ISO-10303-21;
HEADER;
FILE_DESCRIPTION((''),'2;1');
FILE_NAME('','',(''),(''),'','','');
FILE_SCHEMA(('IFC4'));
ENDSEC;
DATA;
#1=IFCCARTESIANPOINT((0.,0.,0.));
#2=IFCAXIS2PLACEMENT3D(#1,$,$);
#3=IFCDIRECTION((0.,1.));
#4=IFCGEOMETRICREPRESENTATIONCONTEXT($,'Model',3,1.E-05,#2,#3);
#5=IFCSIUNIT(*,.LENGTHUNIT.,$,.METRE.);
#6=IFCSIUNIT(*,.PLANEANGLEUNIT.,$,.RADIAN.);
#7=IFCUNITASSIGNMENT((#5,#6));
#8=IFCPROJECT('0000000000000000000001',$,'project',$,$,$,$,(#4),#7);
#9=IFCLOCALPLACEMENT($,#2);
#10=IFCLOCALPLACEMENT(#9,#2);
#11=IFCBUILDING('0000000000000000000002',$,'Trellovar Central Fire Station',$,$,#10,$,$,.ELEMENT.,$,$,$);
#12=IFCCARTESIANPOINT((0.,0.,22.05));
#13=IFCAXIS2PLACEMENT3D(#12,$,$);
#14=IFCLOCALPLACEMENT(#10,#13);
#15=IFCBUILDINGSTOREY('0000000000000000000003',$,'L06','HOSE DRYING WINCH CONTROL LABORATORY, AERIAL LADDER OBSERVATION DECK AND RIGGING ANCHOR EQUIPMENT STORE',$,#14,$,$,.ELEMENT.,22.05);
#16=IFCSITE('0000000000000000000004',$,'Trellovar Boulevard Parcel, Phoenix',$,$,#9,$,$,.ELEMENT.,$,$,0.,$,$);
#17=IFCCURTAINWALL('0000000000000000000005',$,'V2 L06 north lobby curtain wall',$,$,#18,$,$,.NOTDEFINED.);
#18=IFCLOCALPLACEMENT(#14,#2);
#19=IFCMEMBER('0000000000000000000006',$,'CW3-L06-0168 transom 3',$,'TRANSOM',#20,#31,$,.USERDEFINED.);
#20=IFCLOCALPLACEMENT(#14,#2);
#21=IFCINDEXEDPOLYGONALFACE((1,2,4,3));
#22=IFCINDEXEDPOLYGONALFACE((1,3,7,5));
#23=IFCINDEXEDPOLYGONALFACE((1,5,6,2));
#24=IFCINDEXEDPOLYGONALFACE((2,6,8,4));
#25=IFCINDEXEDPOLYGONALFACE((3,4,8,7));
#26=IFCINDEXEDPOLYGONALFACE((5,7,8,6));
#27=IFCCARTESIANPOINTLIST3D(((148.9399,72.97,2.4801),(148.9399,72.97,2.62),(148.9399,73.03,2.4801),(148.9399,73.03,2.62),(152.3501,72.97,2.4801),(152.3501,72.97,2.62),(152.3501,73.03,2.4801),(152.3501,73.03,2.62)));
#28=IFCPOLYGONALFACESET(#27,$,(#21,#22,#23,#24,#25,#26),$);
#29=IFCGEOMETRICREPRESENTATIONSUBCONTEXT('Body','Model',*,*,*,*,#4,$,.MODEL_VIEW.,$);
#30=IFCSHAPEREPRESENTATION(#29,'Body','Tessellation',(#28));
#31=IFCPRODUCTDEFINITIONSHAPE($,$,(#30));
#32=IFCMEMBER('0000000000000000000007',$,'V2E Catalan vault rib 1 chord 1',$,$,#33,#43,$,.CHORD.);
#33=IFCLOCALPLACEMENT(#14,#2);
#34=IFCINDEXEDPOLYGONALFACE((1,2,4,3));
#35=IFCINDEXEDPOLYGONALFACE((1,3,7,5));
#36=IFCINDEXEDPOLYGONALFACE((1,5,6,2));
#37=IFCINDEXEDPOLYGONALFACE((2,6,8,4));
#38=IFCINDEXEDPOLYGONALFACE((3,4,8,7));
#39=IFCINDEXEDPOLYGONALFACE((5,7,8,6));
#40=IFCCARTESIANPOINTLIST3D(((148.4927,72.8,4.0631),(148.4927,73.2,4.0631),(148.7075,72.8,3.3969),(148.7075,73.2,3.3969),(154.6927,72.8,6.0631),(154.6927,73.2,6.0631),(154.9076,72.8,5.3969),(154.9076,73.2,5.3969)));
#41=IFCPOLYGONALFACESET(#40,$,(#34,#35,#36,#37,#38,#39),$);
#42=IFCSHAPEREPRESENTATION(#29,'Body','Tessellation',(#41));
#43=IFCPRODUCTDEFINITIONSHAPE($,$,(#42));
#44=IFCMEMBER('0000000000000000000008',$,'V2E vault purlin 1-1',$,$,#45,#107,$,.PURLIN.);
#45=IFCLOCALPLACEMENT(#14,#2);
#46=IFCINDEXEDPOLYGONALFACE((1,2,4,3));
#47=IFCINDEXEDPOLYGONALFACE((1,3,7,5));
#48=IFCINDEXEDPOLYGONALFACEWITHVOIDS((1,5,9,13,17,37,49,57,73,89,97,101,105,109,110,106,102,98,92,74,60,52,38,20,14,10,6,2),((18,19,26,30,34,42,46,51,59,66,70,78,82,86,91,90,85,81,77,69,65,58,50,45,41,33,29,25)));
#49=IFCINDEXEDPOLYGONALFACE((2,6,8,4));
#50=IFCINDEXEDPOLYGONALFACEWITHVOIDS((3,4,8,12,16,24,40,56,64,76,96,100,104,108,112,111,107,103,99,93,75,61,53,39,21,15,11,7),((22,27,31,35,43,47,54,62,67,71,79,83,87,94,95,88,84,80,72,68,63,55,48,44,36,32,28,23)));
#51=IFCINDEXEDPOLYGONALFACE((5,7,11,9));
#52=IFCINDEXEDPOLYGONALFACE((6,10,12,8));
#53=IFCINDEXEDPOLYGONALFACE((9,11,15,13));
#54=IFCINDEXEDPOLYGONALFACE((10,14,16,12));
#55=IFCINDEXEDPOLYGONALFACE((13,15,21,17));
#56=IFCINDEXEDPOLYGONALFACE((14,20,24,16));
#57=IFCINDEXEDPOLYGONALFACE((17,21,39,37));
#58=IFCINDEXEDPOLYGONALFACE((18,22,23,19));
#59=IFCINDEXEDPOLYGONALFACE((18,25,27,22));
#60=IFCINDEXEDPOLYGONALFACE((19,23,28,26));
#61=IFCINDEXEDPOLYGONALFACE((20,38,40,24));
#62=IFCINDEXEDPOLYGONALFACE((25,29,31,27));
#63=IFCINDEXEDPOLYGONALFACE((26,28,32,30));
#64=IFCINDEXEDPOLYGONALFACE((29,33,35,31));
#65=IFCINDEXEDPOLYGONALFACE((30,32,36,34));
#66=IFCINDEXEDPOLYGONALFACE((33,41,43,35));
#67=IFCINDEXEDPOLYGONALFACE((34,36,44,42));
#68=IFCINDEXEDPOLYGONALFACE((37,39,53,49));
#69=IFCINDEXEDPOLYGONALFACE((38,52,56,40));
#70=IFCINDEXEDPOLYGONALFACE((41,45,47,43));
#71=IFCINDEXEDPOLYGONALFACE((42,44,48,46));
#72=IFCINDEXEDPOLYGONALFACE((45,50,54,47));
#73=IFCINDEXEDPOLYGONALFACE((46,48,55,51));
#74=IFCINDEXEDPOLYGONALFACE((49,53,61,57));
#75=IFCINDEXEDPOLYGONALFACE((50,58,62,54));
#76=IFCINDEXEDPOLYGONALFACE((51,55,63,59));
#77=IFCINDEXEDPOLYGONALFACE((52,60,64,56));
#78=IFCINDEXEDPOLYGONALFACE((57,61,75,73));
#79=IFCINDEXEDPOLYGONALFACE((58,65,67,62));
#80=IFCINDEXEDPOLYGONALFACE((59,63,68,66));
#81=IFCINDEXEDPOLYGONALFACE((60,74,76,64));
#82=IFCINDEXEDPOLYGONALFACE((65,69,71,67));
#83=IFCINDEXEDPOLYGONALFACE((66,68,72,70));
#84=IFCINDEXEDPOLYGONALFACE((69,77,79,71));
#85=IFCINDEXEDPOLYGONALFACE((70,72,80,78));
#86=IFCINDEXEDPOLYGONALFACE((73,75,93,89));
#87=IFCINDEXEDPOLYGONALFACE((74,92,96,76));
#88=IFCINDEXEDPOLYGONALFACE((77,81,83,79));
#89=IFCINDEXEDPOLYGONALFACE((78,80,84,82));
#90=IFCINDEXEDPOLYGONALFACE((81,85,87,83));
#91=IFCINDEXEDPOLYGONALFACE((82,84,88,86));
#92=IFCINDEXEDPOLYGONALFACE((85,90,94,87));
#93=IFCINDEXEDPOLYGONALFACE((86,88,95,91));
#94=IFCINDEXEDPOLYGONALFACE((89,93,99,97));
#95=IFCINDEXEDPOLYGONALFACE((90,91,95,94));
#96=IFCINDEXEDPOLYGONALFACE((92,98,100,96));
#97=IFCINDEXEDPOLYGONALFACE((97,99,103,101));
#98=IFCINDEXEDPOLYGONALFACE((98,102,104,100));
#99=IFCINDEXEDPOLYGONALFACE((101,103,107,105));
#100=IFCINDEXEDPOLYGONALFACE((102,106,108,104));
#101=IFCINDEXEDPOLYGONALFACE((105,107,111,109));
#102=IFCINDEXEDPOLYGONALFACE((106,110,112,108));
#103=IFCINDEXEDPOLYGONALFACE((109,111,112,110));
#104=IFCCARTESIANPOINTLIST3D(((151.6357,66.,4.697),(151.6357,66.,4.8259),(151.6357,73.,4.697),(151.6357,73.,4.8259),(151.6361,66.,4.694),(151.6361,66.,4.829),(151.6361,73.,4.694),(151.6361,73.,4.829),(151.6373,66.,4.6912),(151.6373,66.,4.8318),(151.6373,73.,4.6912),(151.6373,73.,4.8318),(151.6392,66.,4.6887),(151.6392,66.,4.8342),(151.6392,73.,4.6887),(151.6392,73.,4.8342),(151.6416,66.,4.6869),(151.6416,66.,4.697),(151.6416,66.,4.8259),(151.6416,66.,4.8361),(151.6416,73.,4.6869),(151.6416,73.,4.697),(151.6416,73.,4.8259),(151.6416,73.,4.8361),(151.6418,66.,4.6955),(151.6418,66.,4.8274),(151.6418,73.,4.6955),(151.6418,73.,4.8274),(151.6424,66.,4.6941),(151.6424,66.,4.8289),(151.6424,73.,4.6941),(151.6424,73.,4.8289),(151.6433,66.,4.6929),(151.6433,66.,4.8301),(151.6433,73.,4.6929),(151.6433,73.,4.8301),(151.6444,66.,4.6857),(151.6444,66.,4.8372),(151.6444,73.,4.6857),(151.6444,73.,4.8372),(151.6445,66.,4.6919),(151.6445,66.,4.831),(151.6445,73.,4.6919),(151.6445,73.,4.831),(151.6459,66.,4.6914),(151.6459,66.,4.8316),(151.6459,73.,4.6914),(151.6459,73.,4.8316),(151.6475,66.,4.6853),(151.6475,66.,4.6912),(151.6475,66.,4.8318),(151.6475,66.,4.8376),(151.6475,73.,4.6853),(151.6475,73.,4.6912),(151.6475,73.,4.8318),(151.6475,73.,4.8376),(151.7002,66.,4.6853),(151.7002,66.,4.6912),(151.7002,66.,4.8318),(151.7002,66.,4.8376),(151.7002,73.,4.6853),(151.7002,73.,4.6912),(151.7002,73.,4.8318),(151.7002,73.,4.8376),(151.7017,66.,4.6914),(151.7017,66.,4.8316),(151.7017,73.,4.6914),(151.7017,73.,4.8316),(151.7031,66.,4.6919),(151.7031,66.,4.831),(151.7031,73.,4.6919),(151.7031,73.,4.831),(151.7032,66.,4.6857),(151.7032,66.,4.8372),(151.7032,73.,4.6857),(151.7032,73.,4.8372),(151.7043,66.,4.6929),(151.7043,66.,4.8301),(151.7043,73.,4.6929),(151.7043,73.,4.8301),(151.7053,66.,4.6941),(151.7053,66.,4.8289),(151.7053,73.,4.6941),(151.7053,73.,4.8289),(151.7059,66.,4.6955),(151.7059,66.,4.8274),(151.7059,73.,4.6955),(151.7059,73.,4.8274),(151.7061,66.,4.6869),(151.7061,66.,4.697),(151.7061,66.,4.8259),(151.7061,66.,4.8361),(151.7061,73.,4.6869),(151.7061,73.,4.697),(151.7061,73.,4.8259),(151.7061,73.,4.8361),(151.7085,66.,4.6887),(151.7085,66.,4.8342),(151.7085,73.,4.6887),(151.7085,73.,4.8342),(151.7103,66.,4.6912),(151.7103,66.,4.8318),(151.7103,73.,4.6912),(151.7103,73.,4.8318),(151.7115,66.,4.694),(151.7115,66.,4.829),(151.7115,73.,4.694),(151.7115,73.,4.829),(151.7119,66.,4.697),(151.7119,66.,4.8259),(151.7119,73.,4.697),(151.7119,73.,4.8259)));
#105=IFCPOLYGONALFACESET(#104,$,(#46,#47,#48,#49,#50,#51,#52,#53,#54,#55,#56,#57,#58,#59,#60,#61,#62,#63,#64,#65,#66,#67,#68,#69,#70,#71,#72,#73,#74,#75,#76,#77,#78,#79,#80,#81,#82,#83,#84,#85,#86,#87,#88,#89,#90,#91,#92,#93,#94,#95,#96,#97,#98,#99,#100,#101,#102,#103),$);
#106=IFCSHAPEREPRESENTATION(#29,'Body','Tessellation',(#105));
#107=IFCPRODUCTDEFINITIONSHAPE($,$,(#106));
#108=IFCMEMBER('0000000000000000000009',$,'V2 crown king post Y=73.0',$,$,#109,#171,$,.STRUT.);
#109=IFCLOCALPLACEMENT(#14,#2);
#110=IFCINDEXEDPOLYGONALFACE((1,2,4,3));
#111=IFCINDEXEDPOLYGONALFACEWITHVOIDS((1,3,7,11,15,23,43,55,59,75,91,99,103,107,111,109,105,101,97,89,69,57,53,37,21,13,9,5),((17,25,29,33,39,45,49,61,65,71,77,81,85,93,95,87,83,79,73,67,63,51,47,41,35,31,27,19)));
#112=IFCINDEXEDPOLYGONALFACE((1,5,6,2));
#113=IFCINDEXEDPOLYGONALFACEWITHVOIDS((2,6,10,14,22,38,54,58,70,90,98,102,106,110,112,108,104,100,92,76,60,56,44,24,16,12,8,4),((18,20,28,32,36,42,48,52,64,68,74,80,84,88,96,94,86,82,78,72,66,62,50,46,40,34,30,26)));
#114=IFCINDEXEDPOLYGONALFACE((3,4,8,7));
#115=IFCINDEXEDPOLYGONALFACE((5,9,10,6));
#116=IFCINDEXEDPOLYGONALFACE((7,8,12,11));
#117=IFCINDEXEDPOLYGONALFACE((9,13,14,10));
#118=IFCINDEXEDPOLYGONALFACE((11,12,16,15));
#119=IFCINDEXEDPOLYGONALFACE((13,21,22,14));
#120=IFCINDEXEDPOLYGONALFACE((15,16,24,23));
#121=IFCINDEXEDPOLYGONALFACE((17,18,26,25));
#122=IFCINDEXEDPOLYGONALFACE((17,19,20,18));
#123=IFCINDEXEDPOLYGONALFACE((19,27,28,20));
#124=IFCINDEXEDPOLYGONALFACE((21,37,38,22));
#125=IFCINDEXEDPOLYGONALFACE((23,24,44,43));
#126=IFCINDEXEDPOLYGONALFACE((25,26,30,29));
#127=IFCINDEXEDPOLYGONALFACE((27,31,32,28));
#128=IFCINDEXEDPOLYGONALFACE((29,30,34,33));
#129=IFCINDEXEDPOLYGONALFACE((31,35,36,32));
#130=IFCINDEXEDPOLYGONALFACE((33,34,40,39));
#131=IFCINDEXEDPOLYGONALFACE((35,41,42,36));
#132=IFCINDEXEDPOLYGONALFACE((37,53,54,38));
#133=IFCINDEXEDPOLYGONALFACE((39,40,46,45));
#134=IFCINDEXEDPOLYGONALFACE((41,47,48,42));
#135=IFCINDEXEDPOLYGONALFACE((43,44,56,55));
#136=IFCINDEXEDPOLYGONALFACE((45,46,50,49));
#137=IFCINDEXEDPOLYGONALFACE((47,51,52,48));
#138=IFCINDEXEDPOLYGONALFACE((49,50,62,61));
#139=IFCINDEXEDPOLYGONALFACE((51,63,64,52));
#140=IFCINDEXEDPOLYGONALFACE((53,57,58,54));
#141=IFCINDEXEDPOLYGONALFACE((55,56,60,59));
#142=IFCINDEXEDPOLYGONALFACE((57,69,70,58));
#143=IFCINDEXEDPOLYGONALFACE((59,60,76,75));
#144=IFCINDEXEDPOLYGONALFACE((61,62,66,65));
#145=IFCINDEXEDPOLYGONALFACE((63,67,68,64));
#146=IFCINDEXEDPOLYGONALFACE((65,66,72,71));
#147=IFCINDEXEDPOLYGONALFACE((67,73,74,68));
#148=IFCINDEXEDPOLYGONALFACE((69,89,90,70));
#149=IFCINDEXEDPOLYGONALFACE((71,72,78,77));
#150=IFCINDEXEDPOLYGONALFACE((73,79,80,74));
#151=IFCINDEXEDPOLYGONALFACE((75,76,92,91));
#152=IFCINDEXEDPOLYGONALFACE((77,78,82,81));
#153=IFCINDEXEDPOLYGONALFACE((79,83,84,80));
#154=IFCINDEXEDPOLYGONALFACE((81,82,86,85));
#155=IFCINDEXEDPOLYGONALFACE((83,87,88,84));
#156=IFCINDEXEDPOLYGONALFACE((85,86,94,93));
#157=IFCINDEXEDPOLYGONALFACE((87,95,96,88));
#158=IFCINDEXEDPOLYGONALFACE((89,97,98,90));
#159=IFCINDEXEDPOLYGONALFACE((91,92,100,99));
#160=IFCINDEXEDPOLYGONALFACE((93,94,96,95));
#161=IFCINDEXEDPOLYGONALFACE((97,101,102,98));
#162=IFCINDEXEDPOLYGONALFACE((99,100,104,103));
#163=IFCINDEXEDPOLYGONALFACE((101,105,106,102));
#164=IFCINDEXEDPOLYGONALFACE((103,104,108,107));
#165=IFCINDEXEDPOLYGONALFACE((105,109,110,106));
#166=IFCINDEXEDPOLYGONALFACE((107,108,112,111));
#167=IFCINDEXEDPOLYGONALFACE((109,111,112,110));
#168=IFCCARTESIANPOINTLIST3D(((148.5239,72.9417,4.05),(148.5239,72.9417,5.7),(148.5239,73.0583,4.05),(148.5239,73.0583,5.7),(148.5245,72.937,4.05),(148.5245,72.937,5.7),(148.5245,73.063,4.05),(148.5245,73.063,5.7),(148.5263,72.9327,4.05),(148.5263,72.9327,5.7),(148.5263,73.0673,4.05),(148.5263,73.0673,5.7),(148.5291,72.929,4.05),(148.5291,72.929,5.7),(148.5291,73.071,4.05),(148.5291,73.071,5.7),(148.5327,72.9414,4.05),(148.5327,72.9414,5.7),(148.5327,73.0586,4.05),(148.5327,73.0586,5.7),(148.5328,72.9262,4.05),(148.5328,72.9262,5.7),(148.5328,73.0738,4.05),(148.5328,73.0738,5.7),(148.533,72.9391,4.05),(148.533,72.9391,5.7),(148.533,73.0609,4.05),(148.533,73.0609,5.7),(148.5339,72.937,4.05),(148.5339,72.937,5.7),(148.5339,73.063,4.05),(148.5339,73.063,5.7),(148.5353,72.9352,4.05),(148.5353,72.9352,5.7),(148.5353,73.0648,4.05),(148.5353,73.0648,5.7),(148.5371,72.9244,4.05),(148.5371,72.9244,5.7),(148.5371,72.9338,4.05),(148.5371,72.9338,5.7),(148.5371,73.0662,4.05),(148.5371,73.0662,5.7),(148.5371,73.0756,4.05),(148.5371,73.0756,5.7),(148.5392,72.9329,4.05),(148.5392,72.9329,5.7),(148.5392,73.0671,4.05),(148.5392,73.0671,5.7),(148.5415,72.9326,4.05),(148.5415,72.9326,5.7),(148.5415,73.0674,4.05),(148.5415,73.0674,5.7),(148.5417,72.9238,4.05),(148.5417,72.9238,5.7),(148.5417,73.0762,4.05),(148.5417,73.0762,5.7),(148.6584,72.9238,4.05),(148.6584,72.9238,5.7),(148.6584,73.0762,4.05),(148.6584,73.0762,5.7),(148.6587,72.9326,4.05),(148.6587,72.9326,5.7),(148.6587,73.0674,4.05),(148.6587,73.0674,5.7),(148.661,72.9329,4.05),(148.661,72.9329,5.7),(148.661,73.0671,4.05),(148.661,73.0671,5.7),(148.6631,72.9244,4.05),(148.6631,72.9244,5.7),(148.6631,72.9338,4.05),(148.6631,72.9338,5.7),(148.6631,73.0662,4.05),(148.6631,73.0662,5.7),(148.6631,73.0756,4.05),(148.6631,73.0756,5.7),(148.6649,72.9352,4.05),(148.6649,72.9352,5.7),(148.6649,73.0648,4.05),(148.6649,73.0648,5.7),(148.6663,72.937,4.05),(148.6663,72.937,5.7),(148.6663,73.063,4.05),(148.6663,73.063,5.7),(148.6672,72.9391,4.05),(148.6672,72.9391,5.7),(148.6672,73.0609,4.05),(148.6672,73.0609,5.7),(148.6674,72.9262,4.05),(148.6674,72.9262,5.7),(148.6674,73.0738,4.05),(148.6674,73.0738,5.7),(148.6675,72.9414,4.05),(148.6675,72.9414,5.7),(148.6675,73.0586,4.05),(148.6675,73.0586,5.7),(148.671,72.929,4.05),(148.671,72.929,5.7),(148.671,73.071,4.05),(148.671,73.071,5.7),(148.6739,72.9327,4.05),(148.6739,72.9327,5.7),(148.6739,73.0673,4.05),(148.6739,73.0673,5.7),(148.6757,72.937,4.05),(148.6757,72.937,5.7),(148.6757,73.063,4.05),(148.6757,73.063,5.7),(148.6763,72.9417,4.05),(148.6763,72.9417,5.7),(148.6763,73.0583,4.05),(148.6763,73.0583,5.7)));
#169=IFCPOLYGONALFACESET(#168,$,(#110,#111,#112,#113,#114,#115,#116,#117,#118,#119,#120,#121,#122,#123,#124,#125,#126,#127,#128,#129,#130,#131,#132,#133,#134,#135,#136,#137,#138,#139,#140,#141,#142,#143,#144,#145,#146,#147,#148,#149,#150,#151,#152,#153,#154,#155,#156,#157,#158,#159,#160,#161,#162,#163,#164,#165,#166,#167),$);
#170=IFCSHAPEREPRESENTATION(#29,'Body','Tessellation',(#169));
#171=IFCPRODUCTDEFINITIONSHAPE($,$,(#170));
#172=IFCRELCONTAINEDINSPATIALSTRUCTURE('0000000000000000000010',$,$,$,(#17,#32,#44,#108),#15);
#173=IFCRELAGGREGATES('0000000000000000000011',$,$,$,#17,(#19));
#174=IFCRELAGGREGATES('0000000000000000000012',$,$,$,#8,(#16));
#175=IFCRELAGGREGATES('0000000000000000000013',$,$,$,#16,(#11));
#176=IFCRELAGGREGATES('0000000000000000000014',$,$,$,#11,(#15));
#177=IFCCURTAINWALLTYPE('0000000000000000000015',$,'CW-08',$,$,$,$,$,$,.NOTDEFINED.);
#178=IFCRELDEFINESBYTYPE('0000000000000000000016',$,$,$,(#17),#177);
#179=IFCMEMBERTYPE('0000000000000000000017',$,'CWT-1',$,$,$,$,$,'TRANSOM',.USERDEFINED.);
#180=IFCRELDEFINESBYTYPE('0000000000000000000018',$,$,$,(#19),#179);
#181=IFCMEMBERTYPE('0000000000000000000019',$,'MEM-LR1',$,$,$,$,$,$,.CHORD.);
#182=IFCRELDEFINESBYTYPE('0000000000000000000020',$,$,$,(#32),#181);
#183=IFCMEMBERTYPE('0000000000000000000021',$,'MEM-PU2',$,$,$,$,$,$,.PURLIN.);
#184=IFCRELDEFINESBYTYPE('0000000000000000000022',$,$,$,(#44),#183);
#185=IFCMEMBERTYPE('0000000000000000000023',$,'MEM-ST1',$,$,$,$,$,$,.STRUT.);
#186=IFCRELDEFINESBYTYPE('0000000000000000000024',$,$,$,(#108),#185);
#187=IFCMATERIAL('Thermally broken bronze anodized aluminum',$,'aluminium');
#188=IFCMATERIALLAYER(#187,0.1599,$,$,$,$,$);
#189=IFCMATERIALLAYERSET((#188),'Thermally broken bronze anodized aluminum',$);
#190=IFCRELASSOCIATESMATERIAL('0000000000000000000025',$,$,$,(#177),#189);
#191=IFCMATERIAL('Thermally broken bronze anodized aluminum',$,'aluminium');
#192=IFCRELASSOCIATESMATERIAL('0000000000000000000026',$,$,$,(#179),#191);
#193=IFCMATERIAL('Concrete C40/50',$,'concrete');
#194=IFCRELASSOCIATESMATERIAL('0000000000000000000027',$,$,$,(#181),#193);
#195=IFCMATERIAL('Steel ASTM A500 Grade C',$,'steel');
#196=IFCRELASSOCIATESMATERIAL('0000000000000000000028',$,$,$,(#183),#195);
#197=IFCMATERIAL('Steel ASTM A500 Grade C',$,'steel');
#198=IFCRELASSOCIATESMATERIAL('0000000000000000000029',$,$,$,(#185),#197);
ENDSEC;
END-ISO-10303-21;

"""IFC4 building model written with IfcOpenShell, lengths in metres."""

from ifc_helpers import new_model, si_unit, direction, frame, origin, origin_2d, place, context, subcontext, project, spatial, rectangle, hollow_rectangle, extrude, material, layer, layer_set, material_profile, profile_set, type_object, element, aggregate, save


model = new_model("IFC4")

# Units and contexts
model_context = context("Model", 3, precision=1e-05, world=origin(), true_north=direction((0.0, 1.0)))
body_context = subcontext(model_context, "Body", "Model", "MODEL_VIEW")
ifc_project = project(units=[si_unit("LENGTHUNIT", "METRE"), si_unit("PLANEANGLEUNIT", "RADIAN")], contexts=[model_context])

# Site, building, storey
site_placement = place(None, origin())
site = spatial("IfcSite", under=ifc_project, at=site_placement, Name="Trellovar Boulevard Parcel, Phoenix", CompositionType="ELEMENT", RefElevation=0.0)
building_placement = place(site_placement, origin())
building = spatial("IfcBuilding", under=site, at=building_placement, Name="Trellovar Central Fire Station", CompositionType="ELEMENT")
storey_placement = place(building_placement, frame((0.0, 0.0, 22.05)))
storey = spatial("IfcBuildingStorey", under=building, at=storey_placement, Name="L06", Description="HOSE DRYING WINCH CONTROL LABORATORY, AERIAL LADDER OBSERVATION DECK AND RIGGING ANCHOR EQUIPMENT STORE", CompositionType="ELEMENT", Elevation=22.05)

# Curtain wall, member
ifc_material_1 = material(Name="Thermally broken bronze anodized aluminum", Category="aluminium")
ifc_layer_1 = layer(ifc_material_1, 0.1599)
ifc_layer_set_1 = layer_set([ifc_layer_1], Name="Thermally broken bronze anodized aluminum")
curtain_wall_type = type_object("IfcCurtainWallType", Name="CW-08", PredefinedType="NOTDEFINED", material=ifc_layer_set_1)
curtain_wall_placement = place(storey_placement, origin())
curtain_wall = element("IfcCurtainWall", 1, at=curtain_wall_placement, inside=storey, type_object=curtain_wall_type, Name="V2 L06 north lobby curtain wall", PredefinedType="NOTDEFINED")
ifc_material_2 = material(Name="Thermally broken bronze anodized aluminum", Category="aluminium")
ifc_material_profile_1 = material_profile(ifc_material_2, rectangle(XDim=0.0601, YDim=0.1399, at=origin_2d()), Name="ALU60X140")
ifc_profile_set_1 = profile_set([ifc_material_profile_1], Name="Thermally broken bronze anodized aluminum")
member_type_1 = type_object("IfcMemberType", Name="CWT-1", ElementType="TRANSOM", PredefinedType="USERDEFINED", material=ifc_profile_set_1)
member_1_placement = place(storey_placement, frame((152.3501, 73.0, 2.55), z_axis=(-1.0, 0.0, 0.0), x_axis=(0.0, -1.0, 0.0)))
member_1 = element("IfcMember", 2, at=member_1_placement, type_object=member_type_1, Name="CW3-L06-0168 transom 3", ObjectType="TRANSOM", PredefinedType="USERDEFINED", context=body_context, shape_type="SweptSolid", body=[
    extrude(rectangle(XDim=0.0601, YDim=0.1399, at=origin_2d()), origin(), (0.0, 0.0, 1.0), 3.4102),
])

# Members
ifc_material_3 = material(Name="Concrete C40/50", Category="concrete")
ifc_material_profile_2 = material_profile(ifc_material_3, rectangle(XDim=0.3999, YDim=0.7, at=origin_2d()), Name="RC400X700")
ifc_profile_set_2 = profile_set([ifc_material_profile_2], Name="Concrete C40/50")
member_type_2 = type_object("IfcMemberType", Name="MEM-LR1", PredefinedType="CHORD", material=ifc_profile_set_2)
member_2_placement = place(storey_placement, frame((148.6001, 73.0, 3.73), z_axis=(0.951708, 0.0, 0.307005), x_axis=(0.0, 1.0, 0.0)))
element("IfcMember", 3, at=member_2_placement, inside=storey, type_object=member_type_2, Name="V2E Catalan vault rib 1 chord 1", PredefinedType="CHORD", context=body_context, shape_type="SweptSolid", body=[
    extrude(rectangle(XDim=0.3999, YDim=0.7, at=origin_2d()), origin(), (0.0, 0.0, 1.0), 6.5146),
])
ifc_material_4 = material(Name="Steel ASTM A500 Grade C", Category="steel")
ifc_material_profile_3 = material_profile(ifc_material_4, hollow_rectangle(XDim=0.0762, YDim=0.1523, WallThickness=0.0059, InnerFilletRadius=0.0059, OuterFilletRadius=0.0117, at=origin_2d()), Name="HSS6X3X1/4")
ifc_profile_set_3 = profile_set([ifc_material_profile_3], Name="Steel ASTM A500 Grade C")
member_type_3 = type_object("IfcMemberType", Name="MEM-PU2", PredefinedType="PURLIN", material=ifc_profile_set_3)
member_3_placement = place(storey_placement, frame((151.6738, 66.0, 4.7615), z_axis=(0.0, 1.0, 0.0), x_axis=(-1.0, 0.0, 0.0)))
element("IfcMember", 4, at=member_3_placement, inside=storey, type_object=member_type_3, Name="V2E vault purlin 1-1", PredefinedType="PURLIN", context=body_context, shape_type="SweptSolid", body=[
    extrude(hollow_rectangle(XDim=0.0762, YDim=0.1523, WallThickness=0.0059, InnerFilletRadius=0.0059, OuterFilletRadius=0.0117, at=origin_2d()), origin(), (0.0, 0.0, 1.0), 7.0),
])
ifc_material_5 = material(Name="Steel ASTM A500 Grade C", Category="steel")
ifc_material_profile_4 = material_profile(ifc_material_5, hollow_rectangle(XDim=0.1523, YDim=0.1523, WallThickness=0.0088, InnerFilletRadius=0.0088, OuterFilletRadius=0.0178, at=origin_2d()), Name="HSS6X6X3/8")
ifc_profile_set_4 = profile_set([ifc_material_profile_4], Name="Steel ASTM A500 Grade C")
member_type_4 = type_object("IfcMemberType", Name="MEM-ST1", PredefinedType="STRUT", material=ifc_profile_set_4)
member_4_placement = place(storey_placement, frame((148.6001, 73.0, 4.05), z_axis=(0.0, 0.0, 1.0), x_axis=(1.0, 0.0, 0.0)))
element("IfcMember", 5, at=member_4_placement, inside=storey, type_object=member_type_4, Name="V2 crown king post Y=73.0", PredefinedType="STRUT", context=body_context, shape_type="SweptSolid", body=[
    extrude(hollow_rectangle(XDim=0.1523, YDim=0.1523, WallThickness=0.0088, InnerFilletRadius=0.0088, OuterFilletRadius=0.0178, at=origin_2d()), origin(), (0.0, 0.0, 1.0), 1.6499),
])

aggregate(curtain_wall, [member_1])

save(model, "model.ifc")
